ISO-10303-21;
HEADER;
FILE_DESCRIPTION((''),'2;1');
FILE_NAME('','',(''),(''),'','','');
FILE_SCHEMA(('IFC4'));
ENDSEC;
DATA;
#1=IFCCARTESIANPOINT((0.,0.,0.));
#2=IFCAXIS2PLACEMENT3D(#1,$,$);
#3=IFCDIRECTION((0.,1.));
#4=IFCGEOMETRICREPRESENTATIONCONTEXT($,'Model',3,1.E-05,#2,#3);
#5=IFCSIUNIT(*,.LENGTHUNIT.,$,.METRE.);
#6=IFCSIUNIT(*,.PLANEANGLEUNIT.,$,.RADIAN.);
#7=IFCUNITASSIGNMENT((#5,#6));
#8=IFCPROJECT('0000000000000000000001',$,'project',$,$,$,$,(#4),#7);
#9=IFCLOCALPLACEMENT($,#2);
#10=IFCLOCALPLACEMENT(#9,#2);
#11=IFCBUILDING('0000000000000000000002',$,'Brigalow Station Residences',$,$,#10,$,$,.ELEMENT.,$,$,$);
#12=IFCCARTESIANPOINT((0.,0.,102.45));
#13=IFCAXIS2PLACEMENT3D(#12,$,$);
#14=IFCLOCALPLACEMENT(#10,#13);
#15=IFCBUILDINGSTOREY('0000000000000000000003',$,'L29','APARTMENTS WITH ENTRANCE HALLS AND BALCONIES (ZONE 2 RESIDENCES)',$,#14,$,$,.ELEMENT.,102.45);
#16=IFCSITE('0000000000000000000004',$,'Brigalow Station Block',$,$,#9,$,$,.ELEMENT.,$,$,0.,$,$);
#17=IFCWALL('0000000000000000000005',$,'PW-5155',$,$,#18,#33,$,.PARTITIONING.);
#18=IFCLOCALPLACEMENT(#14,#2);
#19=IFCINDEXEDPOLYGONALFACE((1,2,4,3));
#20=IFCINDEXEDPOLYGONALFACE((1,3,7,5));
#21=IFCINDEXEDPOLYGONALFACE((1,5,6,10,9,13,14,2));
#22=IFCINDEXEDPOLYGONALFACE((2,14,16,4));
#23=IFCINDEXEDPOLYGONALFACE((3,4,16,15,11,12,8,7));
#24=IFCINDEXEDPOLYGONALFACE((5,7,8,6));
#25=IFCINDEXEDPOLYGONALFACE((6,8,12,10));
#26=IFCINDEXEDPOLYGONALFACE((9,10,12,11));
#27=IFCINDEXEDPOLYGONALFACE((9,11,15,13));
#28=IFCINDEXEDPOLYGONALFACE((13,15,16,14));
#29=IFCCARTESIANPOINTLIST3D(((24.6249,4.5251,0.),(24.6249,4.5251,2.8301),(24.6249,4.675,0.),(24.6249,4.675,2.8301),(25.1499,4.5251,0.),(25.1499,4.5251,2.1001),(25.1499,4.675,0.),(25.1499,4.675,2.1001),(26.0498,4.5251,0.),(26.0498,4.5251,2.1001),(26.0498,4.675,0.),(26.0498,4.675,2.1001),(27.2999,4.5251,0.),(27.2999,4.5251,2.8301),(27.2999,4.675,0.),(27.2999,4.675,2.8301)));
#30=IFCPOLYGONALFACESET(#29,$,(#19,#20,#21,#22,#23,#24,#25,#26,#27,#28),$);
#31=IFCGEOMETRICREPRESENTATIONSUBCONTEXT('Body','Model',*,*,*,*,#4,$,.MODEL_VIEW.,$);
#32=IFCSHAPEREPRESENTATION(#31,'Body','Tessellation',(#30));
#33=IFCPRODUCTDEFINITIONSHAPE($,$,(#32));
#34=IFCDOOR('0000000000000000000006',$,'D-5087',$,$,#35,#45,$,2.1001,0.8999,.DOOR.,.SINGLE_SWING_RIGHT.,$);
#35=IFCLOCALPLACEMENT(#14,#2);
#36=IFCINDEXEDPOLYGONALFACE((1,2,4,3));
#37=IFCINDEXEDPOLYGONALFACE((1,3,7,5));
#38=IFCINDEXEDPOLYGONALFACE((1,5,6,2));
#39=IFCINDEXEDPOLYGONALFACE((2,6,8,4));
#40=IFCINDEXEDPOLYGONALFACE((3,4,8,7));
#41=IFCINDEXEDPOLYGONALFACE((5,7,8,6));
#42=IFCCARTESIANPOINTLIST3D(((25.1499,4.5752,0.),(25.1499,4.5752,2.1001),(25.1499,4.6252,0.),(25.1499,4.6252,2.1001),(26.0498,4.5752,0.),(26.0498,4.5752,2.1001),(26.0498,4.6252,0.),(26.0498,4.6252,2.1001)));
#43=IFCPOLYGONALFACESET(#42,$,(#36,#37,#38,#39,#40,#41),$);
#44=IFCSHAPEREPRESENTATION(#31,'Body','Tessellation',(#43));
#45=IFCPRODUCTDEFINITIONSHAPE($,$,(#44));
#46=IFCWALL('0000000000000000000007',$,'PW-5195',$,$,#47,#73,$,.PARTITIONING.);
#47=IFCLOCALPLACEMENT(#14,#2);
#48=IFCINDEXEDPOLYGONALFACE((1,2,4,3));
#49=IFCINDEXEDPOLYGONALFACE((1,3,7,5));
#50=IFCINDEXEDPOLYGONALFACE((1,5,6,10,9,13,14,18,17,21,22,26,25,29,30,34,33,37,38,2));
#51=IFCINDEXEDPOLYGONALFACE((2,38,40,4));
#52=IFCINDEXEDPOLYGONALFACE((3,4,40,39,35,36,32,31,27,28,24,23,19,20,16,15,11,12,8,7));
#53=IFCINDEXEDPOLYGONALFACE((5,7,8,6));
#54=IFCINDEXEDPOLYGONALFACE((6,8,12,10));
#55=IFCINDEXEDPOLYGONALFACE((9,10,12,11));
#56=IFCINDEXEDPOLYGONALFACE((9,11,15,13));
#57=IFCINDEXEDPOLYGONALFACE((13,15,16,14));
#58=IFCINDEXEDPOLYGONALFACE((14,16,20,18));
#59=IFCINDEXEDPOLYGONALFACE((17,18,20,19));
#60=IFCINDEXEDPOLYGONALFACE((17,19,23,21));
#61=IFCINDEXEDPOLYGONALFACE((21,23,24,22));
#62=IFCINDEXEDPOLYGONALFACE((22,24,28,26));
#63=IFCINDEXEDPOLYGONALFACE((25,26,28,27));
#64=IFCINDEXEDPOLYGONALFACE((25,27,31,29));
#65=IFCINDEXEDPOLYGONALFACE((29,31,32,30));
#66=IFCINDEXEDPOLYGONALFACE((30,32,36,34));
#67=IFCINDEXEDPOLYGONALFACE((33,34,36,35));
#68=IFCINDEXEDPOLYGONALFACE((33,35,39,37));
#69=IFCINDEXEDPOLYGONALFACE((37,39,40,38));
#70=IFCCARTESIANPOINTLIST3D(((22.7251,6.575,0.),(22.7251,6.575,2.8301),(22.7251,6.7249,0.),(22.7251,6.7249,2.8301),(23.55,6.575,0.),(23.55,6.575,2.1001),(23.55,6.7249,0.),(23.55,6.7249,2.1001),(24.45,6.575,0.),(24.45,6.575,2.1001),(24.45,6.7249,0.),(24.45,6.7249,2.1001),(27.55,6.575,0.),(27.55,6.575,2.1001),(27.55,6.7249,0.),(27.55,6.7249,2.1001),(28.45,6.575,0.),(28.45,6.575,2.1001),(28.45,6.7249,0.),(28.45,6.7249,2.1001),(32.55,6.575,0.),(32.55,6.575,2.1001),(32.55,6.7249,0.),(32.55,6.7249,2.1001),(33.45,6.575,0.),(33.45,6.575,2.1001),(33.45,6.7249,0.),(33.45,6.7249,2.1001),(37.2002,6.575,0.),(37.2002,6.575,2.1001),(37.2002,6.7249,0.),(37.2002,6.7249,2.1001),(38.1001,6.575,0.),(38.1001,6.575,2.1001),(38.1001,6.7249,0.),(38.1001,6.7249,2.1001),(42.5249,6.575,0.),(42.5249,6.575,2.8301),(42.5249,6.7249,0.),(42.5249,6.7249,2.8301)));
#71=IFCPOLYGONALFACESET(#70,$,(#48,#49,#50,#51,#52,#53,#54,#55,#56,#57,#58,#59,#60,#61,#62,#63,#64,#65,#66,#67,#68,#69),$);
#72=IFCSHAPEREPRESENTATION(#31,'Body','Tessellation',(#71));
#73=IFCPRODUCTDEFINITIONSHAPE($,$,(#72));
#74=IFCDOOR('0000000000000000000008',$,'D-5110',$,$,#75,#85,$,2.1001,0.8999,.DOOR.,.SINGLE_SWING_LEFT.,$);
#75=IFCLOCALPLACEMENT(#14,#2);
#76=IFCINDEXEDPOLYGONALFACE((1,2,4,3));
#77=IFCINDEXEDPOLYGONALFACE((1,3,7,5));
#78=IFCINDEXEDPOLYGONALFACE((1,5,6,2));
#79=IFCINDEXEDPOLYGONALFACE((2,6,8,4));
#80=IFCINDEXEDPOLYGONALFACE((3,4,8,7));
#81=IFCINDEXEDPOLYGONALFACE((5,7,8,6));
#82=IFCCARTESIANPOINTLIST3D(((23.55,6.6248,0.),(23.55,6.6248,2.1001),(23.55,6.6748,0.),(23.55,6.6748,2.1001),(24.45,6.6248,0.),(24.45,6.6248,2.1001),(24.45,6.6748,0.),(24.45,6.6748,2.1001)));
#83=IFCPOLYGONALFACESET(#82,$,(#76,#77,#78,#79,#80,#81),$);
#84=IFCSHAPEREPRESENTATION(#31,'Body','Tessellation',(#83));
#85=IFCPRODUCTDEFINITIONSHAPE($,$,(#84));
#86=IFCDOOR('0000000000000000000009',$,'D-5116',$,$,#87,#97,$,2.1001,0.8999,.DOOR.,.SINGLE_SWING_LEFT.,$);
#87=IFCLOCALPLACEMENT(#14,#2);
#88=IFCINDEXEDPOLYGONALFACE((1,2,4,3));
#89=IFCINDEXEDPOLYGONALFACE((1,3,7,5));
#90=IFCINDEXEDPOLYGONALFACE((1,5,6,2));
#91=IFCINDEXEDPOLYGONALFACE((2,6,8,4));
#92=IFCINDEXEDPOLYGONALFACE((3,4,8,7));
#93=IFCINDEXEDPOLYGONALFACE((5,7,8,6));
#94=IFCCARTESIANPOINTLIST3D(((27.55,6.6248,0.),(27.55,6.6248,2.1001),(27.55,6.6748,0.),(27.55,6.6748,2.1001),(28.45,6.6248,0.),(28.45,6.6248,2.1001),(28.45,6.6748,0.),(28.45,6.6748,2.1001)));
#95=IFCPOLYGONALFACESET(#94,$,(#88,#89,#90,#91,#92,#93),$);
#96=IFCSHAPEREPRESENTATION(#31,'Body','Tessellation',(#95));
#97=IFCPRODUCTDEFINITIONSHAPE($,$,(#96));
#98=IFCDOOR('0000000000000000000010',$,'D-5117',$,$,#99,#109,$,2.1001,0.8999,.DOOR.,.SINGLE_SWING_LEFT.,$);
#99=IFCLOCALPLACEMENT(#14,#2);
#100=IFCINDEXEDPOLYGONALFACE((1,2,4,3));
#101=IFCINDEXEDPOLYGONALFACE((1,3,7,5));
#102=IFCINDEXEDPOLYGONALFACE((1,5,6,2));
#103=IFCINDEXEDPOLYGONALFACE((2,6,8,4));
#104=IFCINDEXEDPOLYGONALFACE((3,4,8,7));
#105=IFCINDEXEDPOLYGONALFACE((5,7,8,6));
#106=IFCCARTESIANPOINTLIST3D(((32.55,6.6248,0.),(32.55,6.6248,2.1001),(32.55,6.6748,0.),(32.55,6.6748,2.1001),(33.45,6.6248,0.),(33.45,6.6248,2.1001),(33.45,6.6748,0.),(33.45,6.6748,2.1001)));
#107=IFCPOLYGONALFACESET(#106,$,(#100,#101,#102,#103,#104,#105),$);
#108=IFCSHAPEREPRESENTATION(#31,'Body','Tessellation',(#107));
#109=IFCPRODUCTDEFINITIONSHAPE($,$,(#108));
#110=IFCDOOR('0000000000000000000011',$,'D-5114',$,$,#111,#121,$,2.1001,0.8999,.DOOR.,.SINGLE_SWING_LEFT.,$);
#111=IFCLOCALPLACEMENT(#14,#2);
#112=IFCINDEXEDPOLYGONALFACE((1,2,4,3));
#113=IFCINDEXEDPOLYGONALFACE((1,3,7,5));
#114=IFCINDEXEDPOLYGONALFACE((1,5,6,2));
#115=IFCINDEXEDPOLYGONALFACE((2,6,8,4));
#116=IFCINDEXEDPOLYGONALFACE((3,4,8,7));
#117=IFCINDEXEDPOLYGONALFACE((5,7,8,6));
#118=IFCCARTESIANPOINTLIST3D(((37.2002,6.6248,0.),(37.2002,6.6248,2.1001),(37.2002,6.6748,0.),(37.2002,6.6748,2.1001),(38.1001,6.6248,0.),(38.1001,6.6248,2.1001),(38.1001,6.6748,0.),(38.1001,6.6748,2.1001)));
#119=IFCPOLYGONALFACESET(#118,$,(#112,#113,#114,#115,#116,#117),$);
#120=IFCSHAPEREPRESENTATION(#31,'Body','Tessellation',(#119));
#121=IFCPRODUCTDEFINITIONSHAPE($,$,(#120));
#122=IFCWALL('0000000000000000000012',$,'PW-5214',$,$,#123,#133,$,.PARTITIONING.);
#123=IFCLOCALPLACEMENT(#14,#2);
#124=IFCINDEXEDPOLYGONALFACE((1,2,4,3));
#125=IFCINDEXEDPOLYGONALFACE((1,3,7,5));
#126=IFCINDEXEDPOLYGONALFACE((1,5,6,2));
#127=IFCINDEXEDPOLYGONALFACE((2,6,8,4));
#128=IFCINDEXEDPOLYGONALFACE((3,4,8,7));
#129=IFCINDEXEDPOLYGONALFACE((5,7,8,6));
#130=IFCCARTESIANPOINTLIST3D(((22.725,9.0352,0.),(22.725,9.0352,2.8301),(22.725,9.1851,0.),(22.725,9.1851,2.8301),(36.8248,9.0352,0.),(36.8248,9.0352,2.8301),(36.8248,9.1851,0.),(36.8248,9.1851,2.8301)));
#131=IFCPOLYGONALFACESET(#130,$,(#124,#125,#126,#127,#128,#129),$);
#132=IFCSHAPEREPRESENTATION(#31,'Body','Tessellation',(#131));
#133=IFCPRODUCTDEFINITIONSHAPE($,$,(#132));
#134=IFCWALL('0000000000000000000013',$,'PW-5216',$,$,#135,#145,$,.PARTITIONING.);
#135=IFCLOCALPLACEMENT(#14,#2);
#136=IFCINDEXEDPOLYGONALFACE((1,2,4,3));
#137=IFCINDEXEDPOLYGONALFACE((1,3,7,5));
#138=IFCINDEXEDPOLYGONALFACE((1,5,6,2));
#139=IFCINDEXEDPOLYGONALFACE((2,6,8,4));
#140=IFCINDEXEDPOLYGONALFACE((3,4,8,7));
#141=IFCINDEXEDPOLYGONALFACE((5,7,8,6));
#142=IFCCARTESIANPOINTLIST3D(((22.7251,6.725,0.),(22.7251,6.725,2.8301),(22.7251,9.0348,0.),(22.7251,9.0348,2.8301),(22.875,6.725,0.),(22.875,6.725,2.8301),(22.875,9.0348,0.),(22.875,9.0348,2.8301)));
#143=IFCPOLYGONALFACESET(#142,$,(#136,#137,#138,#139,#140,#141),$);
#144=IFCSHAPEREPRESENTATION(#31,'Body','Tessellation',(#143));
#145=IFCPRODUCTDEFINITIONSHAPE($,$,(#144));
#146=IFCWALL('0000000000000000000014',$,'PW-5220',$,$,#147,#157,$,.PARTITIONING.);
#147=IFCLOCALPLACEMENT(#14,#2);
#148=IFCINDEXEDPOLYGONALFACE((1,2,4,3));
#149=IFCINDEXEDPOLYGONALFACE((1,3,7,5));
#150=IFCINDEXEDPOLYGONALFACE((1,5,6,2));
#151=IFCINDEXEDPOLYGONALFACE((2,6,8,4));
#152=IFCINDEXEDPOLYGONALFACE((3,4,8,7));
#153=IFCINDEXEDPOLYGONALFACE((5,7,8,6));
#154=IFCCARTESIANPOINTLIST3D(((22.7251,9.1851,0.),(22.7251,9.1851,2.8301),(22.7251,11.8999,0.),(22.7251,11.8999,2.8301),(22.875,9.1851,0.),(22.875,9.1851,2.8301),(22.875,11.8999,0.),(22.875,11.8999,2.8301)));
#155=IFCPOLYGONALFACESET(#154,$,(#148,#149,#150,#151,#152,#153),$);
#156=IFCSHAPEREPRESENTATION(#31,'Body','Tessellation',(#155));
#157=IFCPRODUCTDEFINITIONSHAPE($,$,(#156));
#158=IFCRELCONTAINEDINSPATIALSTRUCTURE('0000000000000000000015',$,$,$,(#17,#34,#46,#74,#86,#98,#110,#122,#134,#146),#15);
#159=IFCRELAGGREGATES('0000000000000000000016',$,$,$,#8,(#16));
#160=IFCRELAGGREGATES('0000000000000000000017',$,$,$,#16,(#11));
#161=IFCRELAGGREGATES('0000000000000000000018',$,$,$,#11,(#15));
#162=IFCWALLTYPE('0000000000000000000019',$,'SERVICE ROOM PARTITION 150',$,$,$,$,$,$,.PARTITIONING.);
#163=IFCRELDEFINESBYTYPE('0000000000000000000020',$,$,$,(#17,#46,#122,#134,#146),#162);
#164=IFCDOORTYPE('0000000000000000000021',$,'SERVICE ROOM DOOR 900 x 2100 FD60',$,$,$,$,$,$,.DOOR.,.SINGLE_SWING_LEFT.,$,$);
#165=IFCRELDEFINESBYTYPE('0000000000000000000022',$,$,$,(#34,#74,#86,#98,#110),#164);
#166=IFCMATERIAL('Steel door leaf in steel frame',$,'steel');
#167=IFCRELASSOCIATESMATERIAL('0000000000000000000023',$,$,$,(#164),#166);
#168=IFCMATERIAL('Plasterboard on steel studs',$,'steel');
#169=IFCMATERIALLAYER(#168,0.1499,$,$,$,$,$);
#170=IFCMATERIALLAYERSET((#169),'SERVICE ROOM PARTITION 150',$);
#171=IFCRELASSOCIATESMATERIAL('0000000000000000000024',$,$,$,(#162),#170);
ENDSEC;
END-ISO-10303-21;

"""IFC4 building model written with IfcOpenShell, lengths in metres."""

from ifc_helpers import new_model, si_unit, direction, frame, frame_2d, origin, place, context, subcontext, project, spatial, rectangle, extrude, material, layer, layer_set, type_object, element, fill, save


model = new_model("IFC4")

# Units and contexts
model_context = context("Model", 3, precision=1e-05, world=origin(), true_north=direction((0.0, 1.0)))
body_context = subcontext(model_context, "Body", "Model", "MODEL_VIEW")
ifc_project = project(units=[si_unit("LENGTHUNIT", "METRE"), si_unit("PLANEANGLEUNIT", "RADIAN")], contexts=[model_context])

# Site, building, storey
site_placement = place(None, origin())
site = spatial("IfcSite", under=ifc_project, at=site_placement, Name="Brigalow Station Block", CompositionType="ELEMENT", RefElevation=0.0)
building_placement = place(site_placement, origin())
building = spatial("IfcBuilding", under=site, at=building_placement, Name="Brigalow Station Residences", CompositionType="ELEMENT")
storey_placement = place(building_placement, frame((0.0, 0.0, 102.45)))
storey = spatial("IfcBuildingStorey", under=building, at=storey_placement, Name="L29", Description="APARTMENTS WITH ENTRANCE HALLS AND BALCONIES (ZONE 2 RESIDENCES)", CompositionType="ELEMENT", Elevation=102.45)

# Shared definitions
ifc_material_1 = material(Name="Steel door leaf in steel frame", Category="steel")
door_type_1 = type_object("IfcDoorType", Name="SERVICE ROOM DOOR 900 x 2100 FD60", OperationType="SINGLE_SWING_LEFT", PredefinedType="DOOR", material=ifc_material_1)

# Wall, opening, door
ifc_material_2 = material(Name="Plasterboard on steel studs", Category="steel")
ifc_layer_1 = layer(ifc_material_2, 0.1499)
ifc_layer_set_1 = layer_set([ifc_layer_1], Name="SERVICE ROOM PARTITION 150")
wall_type_1 = type_object("IfcWallType", Name="SERVICE ROOM PARTITION 150", PredefinedType="PARTITIONING", material=ifc_layer_set_1)
wall_1_placement = place(storey_placement, frame((24.625, 4.6001, 0.0), z_axis=(0.0, 0.0, 1.0), x_axis=(1.0, 0.0, 0.0)))
wall_1 = element("IfcWall", 1, at=wall_1_placement, inside=storey, type_object=wall_type_1, Name="PW-5155", PredefinedType="PARTITIONING", context=body_context, shape_type="SweptSolid", body=[
    extrude(rectangle(XDim=2.675, YDim=0.1499, at=frame_2d((1.3374, 0.0))), origin(), (0.0, 0.0, 1.0), 2.8301),
])
opening_1_placement = place(wall_1_placement, frame((0.5249, 0.0, 0.0)))
opening_1 = element("IfcOpeningElement", 2, at=opening_1_placement, cuts=wall_1, PredefinedType="OPENING", context=body_context, shape_type="SweptSolid", body=[
    extrude(rectangle(XDim=0.8999, YDim=2.1001, at=frame_2d((0.45, 1.05))), frame((0.0, 0.085, 0.0), z_axis=(0.0, -1.0, 0.0), x_axis=(1.0, 0.0, 0.0)), (0.0, 0.0, 1.0), 0.1699),
])
door_1_placement = place(opening_1_placement, frame((0.8999, 0.0, 0.0), z_axis=(0.0, 0.0, 1.0), x_axis=(-1.0, 0.0, 0.0)))
door_1 = element("IfcDoor", 3, at=door_1_placement, inside=storey, type_object=door_type_1, Name="D-5087", OperationType="SINGLE_SWING_RIGHT", OverallHeight=2.1001, OverallWidth=0.8999, PredefinedType="DOOR", context=body_context, shape_type="SweptSolid", body=[
    extrude(rectangle(XDim=0.8999, YDim=2.1001, at=frame_2d((0.45, 1.05))), frame((0.0, 0.0249, 0.0), z_axis=(0.0, -1.0, 0.0), x_axis=(1.0, 0.0, 0.0)), (0.0, 0.0, 1.0), 0.05),
])
fill(opening_1, door_1)

# Wall, openings, doors
wall_2_placement = place(storey_placement, frame((22.7251, 6.6499, 0.0), z_axis=(0.0, 0.0, 1.0), x_axis=(1.0, 0.0, 0.0)))
wall_2 = element("IfcWall", 4, at=wall_2_placement, inside=storey, type_object=wall_type_1, Name="PW-5195", PredefinedType="PARTITIONING", context=body_context, shape_type="SweptSolid", body=[
    extrude(rectangle(XDim=19.7998, YDim=0.1499, at=frame_2d((9.8999, 0.0))), origin(), (0.0, 0.0, 1.0), 2.8301),
])
opening_2_placement = place(wall_2_placement, frame((0.825, 0.0, 0.0)))
opening_2 = element("IfcOpeningElement", 5, at=opening_2_placement, cuts=wall_2, PredefinedType="OPENING", context=body_context, shape_type="SweptSolid", body=[
    extrude(rectangle(XDim=0.8999, YDim=2.1001, at=frame_2d((0.45, 1.05))), frame((0.0, 0.085, 0.0), z_axis=(0.0, -1.0, 0.0), x_axis=(1.0, 0.0, 0.0)), (0.0, 0.0, 1.0), 0.1699),
])
opening_3_placement = place(wall_2_placement, frame((4.825, 0.0, 0.0)))
opening_3 = element("IfcOpeningElement", 6, at=opening_3_placement, cuts=wall_2, PredefinedType="OPENING", context=body_context, shape_type="SweptSolid", body=[
    extrude(rectangle(XDim=0.8999, YDim=2.1001, at=frame_2d((0.45, 1.05))), frame((0.0, 0.085, 0.0), z_axis=(0.0, -1.0, 0.0), x_axis=(1.0, 0.0, 0.0)), (0.0, 0.0, 1.0), 0.1699),
])
opening_4_placement = place(wall_2_placement, frame((9.825, 0.0, 0.0)))
opening_4 = element("IfcOpeningElement", 7, at=opening_4_placement, cuts=wall_2, PredefinedType="OPENING", context=body_context, shape_type="SweptSolid", body=[
    extrude(rectangle(XDim=0.8999, YDim=2.1001, at=frame_2d((0.45, 1.05))), frame((0.0, 0.085, 0.0), z_axis=(0.0, -1.0, 0.0), x_axis=(1.0, 0.0, 0.0)), (0.0, 0.0, 1.0), 0.1699),
])
opening_5_placement = place(wall_2_placement, frame((14.4751, 0.0, 0.0)))
opening_5 = element("IfcOpeningElement", 8, at=opening_5_placement, cuts=wall_2, PredefinedType="OPENING", context=body_context, shape_type="SweptSolid", body=[
    extrude(rectangle(XDim=0.8999, YDim=2.1001, at=frame_2d((0.45, 1.05))), frame((0.0, 0.085, 0.0), z_axis=(0.0, -1.0, 0.0), x_axis=(1.0, 0.0, 0.0)), (0.0, 0.0, 1.0), 0.1699),
])
door_2_placement = place(opening_2_placement, origin())
door_2 = element("IfcDoor", 9, at=door_2_placement, inside=storey, type_object=door_type_1, Name="D-5110", OperationType="SINGLE_SWING_LEFT", OverallHeight=2.1001, OverallWidth=0.8999, PredefinedType="DOOR", context=body_context, shape_type="SweptSolid", body=[
    extrude(rectangle(XDim=0.8999, YDim=2.1001, at=frame_2d((0.45, 1.05))), frame((0.0, 0.0249, 0.0), z_axis=(0.0, -1.0, 0.0), x_axis=(1.0, 0.0, 0.0)), (0.0, 0.0, 1.0), 0.05),
])
fill(opening_2, door_2)
door_3_placement = place(opening_3_placement, origin())
door_3 = element("IfcDoor", 10, at=door_3_placement, inside=storey, type_object=door_type_1, Name="D-5116", OperationType="SINGLE_SWING_LEFT", OverallHeight=2.1001, OverallWidth=0.8999, PredefinedType="DOOR", context=body_context, shape_type="SweptSolid", body=[
    extrude(rectangle(XDim=0.8999, YDim=2.1001, at=frame_2d((0.45, 1.05))), frame((0.0, 0.0249, 0.0), z_axis=(0.0, -1.0, 0.0), x_axis=(1.0, 0.0, 0.0)), (0.0, 0.0, 1.0), 0.05),
])
fill(opening_3, door_3)
door_4_placement = place(opening_4_placement, origin())
door_4 = element("IfcDoor", 11, at=door_4_placement, inside=storey, type_object=door_type_1, Name="D-5117", OperationType="SINGLE_SWING_LEFT", OverallHeight=2.1001, OverallWidth=0.8999, PredefinedType="DOOR", context=body_context, shape_type="SweptSolid", body=[
    extrude(rectangle(XDim=0.8999, YDim=2.1001, at=frame_2d((0.45, 1.05))), frame((0.0, 0.0249, 0.0), z_axis=(0.0, -1.0, 0.0), x_axis=(1.0, 0.0, 0.0)), (0.0, 0.0, 1.0), 0.05),
])
fill(opening_4, door_4)
door_5_placement = place(opening_5_placement, origin())
door_5 = element("IfcDoor", 12, at=door_5_placement, inside=storey, type_object=door_type_1, Name="D-5114", OperationType="SINGLE_SWING_LEFT", OverallHeight=2.1001, OverallWidth=0.8999, PredefinedType="DOOR", context=body_context, shape_type="SweptSolid", body=[
    extrude(rectangle(XDim=0.8999, YDim=2.1001, at=frame_2d((0.45, 1.05))), frame((0.0, 0.0249, 0.0), z_axis=(0.0, -1.0, 0.0), x_axis=(1.0, 0.0, 0.0)), (0.0, 0.0, 1.0), 0.05),
])
fill(opening_5, door_5)

# Walls
wall_3_placement = place(storey_placement, frame((22.7251, 9.1101, 0.0), z_axis=(0.0, 0.0, 1.0), x_axis=(1.0, 0.0, 0.0)))
element("IfcWall", 13, at=wall_3_placement, inside=storey, type_object=wall_type_1, Name="PW-5214", PredefinedType="PARTITIONING", context=body_context, shape_type="SweptSolid", body=[
    extrude(rectangle(XDim=14.0999, YDim=0.1499, at=frame_2d((7.0498, 0.0))), origin(), (0.0, 0.0, 1.0), 2.8301),
])
wall_4_placement = place(storey_placement, frame((22.8, 6.7251, 0.0), z_axis=(0.0, 0.0, 1.0), x_axis=(0.0, 1.0, 0.0)))
element("IfcWall", 14, at=wall_4_placement, inside=storey, type_object=wall_type_1, Name="PW-5216", PredefinedType="PARTITIONING", context=body_context, shape_type="SweptSolid", body=[
    extrude(rectangle(XDim=2.3098, YDim=0.1499, at=frame_2d((1.1548, 0.0))), origin(), (0.0, 0.0, 1.0), 2.8301),
])
wall_5_placement = place(storey_placement, frame((22.8, 9.1851, 0.0), z_axis=(0.0, 0.0, 1.0), x_axis=(0.0, 1.0, 0.0)))
element("IfcWall", 15, at=wall_5_placement, inside=storey, type_object=wall_type_1, Name="PW-5220", PredefinedType="PARTITIONING", context=body_context, shape_type="SweptSolid", body=[
    extrude(rectangle(XDim=2.7148, YDim=0.1499, at=frame_2d((1.3574, 0.0))), origin(), (0.0, 0.0, 1.0), 2.8301),
])

save(model, "model.ifc")
